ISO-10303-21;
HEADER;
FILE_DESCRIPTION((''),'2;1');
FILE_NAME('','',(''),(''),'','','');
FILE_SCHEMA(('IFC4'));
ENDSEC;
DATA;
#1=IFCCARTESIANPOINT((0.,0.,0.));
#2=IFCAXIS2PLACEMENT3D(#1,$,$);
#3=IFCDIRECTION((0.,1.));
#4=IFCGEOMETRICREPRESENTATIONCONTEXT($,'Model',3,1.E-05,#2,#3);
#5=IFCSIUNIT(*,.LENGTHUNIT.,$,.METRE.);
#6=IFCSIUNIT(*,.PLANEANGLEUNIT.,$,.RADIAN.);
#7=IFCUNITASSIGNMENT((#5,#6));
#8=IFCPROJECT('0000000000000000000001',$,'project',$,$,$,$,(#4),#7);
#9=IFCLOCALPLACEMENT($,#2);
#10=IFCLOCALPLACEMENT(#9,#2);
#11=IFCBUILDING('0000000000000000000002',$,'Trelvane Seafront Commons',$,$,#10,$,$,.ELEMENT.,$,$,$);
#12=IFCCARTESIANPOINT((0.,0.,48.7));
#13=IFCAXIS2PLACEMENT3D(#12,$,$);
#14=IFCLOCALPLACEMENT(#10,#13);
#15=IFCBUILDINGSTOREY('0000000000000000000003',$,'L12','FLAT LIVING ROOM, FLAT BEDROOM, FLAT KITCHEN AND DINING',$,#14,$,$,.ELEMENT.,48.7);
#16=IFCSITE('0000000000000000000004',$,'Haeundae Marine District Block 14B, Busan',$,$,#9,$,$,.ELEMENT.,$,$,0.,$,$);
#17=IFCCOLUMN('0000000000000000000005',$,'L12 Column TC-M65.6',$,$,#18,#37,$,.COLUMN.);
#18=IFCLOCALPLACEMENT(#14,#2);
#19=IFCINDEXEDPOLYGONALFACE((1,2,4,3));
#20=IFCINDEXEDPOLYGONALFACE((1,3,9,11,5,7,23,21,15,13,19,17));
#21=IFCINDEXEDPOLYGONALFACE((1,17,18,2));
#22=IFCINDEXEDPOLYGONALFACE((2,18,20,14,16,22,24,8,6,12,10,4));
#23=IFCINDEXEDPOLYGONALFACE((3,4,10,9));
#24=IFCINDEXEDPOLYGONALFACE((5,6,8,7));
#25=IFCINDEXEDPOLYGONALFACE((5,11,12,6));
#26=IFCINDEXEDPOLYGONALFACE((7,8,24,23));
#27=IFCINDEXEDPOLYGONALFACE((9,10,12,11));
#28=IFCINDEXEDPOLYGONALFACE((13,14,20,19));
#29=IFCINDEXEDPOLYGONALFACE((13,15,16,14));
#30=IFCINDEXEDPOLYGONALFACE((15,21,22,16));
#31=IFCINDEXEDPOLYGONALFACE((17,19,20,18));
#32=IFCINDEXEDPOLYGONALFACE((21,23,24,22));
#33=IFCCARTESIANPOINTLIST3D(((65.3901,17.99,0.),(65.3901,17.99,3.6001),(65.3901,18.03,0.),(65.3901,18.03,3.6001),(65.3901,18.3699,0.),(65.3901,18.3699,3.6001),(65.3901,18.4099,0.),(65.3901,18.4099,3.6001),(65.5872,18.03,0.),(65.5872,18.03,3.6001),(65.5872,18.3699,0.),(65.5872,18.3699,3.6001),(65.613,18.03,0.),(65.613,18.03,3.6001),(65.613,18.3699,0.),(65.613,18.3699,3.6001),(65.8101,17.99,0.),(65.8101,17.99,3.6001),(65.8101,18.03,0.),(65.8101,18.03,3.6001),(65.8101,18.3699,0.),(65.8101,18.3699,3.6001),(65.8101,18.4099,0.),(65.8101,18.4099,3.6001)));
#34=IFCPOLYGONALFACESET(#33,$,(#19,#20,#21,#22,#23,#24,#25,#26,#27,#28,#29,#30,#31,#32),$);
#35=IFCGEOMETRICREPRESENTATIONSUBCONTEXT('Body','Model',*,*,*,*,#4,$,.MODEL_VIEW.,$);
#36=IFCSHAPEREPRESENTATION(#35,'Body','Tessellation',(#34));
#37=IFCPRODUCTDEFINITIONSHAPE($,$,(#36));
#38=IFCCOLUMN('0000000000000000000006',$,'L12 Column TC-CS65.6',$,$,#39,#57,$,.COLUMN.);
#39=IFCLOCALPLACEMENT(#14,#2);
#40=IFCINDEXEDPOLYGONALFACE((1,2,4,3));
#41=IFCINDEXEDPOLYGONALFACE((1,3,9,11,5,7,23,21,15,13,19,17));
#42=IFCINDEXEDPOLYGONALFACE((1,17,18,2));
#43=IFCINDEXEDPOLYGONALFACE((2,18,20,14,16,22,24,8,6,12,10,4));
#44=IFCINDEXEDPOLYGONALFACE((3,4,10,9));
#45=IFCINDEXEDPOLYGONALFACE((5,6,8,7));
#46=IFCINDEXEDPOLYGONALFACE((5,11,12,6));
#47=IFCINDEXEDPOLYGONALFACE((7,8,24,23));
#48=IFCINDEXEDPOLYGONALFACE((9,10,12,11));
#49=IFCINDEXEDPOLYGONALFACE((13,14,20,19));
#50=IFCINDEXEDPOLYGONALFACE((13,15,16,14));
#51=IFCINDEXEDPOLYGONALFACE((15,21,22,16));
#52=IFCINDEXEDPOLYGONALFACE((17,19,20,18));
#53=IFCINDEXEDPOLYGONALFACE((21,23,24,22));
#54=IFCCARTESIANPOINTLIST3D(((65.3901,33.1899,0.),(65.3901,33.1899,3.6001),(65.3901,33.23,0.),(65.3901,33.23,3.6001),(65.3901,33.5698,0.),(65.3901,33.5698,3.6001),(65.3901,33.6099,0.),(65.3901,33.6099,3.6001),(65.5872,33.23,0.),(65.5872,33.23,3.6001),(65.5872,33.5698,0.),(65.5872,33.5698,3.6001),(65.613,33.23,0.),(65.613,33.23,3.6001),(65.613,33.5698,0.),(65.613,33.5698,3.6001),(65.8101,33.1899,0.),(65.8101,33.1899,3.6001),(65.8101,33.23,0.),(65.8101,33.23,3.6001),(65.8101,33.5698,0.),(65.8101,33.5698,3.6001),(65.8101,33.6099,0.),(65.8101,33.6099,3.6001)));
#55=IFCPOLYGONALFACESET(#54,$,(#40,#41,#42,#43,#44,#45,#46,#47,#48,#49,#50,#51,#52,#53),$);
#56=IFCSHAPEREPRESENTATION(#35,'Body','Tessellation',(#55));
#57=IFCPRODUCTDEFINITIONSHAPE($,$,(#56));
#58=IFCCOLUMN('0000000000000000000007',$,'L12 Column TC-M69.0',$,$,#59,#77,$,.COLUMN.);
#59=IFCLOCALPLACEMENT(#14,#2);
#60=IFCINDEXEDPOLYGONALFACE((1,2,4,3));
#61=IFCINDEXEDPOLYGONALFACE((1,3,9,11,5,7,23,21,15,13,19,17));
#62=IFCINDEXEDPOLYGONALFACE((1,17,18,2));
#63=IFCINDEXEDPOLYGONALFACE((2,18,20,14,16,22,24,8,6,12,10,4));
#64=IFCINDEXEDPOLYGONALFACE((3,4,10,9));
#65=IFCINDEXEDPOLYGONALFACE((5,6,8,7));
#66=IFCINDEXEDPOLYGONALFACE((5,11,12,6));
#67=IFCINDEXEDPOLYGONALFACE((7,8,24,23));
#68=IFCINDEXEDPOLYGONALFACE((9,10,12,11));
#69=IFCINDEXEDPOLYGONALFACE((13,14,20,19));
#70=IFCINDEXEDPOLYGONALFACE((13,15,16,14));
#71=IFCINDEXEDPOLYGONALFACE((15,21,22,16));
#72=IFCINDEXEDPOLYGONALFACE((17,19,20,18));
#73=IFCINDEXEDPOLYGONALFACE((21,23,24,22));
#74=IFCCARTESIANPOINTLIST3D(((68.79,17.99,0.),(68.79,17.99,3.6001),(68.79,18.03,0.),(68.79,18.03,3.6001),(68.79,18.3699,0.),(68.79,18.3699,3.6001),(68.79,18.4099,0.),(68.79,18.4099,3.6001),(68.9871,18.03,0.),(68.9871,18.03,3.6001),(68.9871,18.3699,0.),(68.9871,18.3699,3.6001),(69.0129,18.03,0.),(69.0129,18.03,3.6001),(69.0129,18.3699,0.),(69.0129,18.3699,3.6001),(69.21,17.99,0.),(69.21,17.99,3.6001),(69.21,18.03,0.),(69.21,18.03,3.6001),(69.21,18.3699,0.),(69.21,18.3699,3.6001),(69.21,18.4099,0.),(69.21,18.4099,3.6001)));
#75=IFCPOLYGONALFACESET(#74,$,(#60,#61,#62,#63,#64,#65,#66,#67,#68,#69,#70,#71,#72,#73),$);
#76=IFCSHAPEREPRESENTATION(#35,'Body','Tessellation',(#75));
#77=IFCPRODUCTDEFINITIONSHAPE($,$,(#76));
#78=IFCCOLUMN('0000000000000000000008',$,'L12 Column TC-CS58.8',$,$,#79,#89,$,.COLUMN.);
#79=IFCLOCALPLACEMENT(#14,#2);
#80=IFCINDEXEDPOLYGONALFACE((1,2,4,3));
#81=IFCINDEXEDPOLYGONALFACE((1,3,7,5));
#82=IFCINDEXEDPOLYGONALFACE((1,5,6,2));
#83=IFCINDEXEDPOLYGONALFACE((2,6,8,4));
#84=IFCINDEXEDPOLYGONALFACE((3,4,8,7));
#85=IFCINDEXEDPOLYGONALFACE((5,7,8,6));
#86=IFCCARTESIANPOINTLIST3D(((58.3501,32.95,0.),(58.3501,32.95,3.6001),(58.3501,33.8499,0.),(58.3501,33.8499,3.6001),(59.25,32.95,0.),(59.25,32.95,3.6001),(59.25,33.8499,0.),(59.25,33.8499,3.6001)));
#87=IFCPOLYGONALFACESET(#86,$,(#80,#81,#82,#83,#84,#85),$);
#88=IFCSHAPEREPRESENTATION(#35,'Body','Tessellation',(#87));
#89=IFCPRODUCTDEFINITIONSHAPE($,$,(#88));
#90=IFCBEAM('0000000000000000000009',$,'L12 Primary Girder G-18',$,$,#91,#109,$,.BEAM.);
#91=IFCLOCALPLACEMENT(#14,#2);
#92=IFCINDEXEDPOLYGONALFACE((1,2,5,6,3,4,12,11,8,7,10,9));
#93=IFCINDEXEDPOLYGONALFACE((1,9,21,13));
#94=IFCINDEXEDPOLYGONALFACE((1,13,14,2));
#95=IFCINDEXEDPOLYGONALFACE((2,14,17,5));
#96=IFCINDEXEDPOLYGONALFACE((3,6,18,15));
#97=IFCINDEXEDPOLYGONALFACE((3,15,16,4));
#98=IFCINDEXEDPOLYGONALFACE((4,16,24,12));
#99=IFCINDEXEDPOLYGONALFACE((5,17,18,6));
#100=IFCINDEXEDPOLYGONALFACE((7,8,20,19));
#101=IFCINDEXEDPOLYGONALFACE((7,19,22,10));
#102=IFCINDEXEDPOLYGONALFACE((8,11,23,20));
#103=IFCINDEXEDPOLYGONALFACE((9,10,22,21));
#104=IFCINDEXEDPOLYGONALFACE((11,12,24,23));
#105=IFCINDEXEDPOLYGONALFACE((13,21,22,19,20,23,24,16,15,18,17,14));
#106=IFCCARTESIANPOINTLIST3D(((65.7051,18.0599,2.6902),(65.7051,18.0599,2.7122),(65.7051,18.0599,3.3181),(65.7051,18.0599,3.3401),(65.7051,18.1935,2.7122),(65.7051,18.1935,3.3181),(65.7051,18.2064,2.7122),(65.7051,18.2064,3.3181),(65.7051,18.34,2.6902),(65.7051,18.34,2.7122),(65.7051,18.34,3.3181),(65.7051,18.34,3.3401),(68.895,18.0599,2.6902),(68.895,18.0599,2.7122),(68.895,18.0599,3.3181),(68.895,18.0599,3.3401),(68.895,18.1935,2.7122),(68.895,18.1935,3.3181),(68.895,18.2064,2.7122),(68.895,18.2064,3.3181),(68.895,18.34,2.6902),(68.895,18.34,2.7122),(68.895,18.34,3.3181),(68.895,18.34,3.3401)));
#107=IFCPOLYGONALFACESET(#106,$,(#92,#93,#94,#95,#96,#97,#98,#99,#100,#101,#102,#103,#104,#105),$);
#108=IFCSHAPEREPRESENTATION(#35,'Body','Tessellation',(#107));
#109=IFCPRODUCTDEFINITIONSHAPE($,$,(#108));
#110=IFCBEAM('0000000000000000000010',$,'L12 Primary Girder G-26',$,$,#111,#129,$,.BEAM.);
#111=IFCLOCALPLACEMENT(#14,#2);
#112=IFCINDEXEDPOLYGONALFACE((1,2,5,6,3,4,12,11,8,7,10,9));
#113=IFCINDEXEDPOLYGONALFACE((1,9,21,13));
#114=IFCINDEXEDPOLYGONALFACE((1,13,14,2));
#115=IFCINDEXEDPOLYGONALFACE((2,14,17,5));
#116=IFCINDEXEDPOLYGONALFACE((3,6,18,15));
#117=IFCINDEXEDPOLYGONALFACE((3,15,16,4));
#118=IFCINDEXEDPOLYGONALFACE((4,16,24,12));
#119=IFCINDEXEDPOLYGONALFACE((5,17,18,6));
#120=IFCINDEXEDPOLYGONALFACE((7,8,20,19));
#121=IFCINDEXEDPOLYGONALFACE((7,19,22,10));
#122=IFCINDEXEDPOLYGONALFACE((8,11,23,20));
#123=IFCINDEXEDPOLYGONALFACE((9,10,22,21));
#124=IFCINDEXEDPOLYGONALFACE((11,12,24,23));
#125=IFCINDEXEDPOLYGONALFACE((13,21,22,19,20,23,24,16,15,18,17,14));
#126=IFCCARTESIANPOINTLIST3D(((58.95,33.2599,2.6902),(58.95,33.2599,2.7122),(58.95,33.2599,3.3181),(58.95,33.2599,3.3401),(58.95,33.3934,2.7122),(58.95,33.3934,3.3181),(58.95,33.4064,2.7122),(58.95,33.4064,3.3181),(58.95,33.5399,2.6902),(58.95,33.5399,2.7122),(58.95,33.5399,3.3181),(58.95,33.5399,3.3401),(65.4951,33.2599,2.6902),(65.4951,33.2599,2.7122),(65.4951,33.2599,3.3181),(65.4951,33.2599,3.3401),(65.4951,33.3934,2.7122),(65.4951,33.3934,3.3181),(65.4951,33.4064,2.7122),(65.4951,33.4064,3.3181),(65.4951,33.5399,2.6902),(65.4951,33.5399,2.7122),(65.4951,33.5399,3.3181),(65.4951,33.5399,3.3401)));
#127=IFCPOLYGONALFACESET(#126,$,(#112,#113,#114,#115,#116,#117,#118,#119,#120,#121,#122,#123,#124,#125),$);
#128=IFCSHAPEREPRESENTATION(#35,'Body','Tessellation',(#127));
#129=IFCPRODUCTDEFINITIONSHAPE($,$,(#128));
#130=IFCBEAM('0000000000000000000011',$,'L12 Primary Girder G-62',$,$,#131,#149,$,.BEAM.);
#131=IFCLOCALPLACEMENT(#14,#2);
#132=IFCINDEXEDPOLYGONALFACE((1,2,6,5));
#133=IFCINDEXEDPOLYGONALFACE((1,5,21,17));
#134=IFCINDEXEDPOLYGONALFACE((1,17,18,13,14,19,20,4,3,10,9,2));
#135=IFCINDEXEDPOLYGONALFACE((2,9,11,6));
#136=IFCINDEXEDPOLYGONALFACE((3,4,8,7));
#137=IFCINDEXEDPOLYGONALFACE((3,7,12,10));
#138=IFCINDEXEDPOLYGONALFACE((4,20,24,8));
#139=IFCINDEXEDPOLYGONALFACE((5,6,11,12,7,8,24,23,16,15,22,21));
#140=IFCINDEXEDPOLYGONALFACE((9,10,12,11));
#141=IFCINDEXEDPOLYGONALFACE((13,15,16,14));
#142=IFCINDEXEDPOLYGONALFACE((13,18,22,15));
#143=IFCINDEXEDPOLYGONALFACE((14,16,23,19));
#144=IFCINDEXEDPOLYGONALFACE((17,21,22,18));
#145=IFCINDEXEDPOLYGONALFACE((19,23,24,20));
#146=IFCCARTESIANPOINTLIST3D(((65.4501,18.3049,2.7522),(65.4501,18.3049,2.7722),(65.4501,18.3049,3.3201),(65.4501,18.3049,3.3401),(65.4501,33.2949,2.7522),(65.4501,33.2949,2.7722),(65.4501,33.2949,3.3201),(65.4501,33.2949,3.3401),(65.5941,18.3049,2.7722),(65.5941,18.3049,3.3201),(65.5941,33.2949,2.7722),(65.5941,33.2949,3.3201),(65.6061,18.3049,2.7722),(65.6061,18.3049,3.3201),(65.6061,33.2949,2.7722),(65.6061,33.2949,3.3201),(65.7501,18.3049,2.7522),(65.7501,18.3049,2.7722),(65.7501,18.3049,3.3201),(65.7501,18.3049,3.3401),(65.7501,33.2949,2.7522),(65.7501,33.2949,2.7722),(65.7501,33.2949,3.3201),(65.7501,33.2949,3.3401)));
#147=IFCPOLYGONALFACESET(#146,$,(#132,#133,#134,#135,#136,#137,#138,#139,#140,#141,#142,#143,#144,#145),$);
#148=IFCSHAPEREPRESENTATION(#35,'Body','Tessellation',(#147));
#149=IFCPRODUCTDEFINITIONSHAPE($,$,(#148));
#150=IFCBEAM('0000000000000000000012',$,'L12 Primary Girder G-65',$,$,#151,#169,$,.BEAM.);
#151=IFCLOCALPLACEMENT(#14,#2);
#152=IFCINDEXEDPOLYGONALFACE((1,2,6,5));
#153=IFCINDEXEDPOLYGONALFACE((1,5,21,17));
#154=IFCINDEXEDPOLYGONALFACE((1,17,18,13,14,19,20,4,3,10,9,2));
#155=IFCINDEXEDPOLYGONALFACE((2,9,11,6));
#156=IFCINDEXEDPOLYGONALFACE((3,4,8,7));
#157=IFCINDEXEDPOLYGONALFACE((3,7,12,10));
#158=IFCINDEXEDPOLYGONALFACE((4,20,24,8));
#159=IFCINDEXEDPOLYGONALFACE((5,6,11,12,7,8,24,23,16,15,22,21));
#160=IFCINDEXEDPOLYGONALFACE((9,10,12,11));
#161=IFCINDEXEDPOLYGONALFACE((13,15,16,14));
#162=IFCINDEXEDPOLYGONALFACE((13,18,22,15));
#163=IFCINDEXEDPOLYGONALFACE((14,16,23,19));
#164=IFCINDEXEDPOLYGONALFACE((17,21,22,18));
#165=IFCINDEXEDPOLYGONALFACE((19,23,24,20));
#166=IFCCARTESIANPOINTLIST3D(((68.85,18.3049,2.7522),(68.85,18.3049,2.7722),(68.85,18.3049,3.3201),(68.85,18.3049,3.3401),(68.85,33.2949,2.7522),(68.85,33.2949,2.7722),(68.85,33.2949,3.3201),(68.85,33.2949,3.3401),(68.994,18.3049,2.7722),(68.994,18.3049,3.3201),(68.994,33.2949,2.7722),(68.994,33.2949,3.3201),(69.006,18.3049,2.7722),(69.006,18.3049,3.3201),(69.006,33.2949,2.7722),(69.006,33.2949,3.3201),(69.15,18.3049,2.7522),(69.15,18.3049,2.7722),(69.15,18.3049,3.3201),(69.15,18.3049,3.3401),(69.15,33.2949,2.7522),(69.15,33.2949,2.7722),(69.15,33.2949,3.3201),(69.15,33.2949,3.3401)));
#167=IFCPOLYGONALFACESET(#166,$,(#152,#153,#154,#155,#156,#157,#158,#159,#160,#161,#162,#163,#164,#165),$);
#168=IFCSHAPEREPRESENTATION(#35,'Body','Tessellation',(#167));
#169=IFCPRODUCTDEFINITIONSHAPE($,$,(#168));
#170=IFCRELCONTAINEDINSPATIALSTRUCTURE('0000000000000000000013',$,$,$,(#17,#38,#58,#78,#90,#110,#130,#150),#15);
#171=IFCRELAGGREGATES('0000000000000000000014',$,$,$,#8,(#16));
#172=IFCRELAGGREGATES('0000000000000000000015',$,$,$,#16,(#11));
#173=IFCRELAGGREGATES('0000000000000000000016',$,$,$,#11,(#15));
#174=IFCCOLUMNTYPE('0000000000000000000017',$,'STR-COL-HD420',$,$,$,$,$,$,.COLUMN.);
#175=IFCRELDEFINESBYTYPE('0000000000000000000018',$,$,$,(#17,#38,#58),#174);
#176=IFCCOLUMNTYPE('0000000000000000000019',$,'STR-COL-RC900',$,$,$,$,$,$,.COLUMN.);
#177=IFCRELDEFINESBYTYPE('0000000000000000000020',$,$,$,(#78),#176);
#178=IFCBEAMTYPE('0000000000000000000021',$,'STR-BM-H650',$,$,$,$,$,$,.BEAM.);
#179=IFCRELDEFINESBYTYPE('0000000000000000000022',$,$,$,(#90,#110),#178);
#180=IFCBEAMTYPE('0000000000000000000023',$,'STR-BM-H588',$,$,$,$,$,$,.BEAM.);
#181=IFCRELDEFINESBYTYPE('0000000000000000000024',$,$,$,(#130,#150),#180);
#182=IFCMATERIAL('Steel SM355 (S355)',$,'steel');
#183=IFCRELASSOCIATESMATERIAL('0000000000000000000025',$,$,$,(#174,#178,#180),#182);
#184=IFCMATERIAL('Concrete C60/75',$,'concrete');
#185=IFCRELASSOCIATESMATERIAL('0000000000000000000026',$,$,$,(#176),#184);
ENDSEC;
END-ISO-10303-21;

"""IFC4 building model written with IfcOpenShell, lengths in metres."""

from ifc_helpers import new_model, si_unit, direction, frame, origin, origin_2d, place, context, subcontext, project, spatial, rectangle, i_section, extrude, source, transform, mapped, material, material_profile, profile_set, type_object, element, save


model = new_model("IFC4")

# Units and contexts
model_context = context("Model", 3, precision=1e-05, world=origin(), true_north=direction((0.0, 1.0)))
body_context = subcontext(model_context, "Body", "Model", "MODEL_VIEW")
ifc_project = project(units=[si_unit("LENGTHUNIT", "METRE"), si_unit("PLANEANGLEUNIT", "RADIAN")], contexts=[model_context])

# Site, building, storey
site_placement = place(None, origin())
site = spatial("IfcSite", under=ifc_project, at=site_placement, Name="Haeundae Marine District Block 14B, Busan", CompositionType="ELEMENT", RefElevation=0.0)
building_placement = place(site_placement, origin())
building = spatial("IfcBuilding", under=site, at=building_placement, Name="Trelvane Seafront Commons", CompositionType="ELEMENT")
storey_placement = place(building_placement, frame((0.0, 0.0, 48.7)))
storey = spatial("IfcBuildingStorey", under=building, at=storey_placement, Name="L12", Description="FLAT LIVING ROOM, FLAT BEDROOM, FLAT KITCHEN AND DINING", CompositionType="ELEMENT", Elevation=48.7)

# Columns
ifc_material_1 = material(Name="Steel SM355 (S355)", Category="steel")
ifc_material_profile_1 = material_profile(ifc_material_1, i_section(OverallWidth=0.4199, OverallDepth=0.4199, WebThickness=0.0259, FlangeThickness=0.04, at=origin_2d()), Name="HD-420x420x26x40")
ifc_profile_set_1 = profile_set([ifc_material_profile_1], Name="Steel SM355 (S355)")
column_type_1 = type_object("IfcColumnType", Name="STR-COL-HD420", PredefinedType="COLUMN", material=ifc_profile_set_1)
shared_shape_1 = source(origin(), body_context, "Body", "SweptSolid", [
    extrude(i_section(OverallWidth=0.4199, OverallDepth=0.4199, WebThickness=0.0259, FlangeThickness=0.04, at=origin_2d()), origin(), (0.0, 0.0, 1.0), 3.6001),
])
for number, where, z_axis, x_axis, name in (
    (1, (65.6001, 18.2, 0.0), (0.0, 0.0, 1.0), (1.0, 0.0, 0.0), "L12 Column TC-M65.6"),
    (2, (65.6001, 33.3999, 0.0), (0.0, 0.0, 1.0), (1.0, 0.0, 0.0), "L12 Column TC-CS65.6"),
    (3, (69.0, 18.2, 0.0), (0.0, 0.0, 1.0), (1.0, 0.0, 0.0), "L12 Column TC-M69.0"),
):
    element("IfcColumn", number, at=place(storey_placement, frame(where, z_axis=z_axis, x_axis=x_axis)), inside=storey, type_object=column_type_1, Name=name, PredefinedType="COLUMN", context=body_context, shape_type="MappedRepresentation", body=[
        mapped(shared_shape_1, transform((0.0, 0.0, 0.0), x_axis=(1.0, 0.0, 0.0), y_axis=(0.0, 1.0, 0.0), z_axis=(0.0, 0.0, 1.0), scale=1.0)),
    ])
ifc_material_2 = material(Name="Concrete C60/75", Category="concrete")
ifc_material_profile_2 = material_profile(ifc_material_2, rectangle(XDim=0.8999, YDim=0.8999, at=origin_2d()), Name="RC-900x900")
ifc_profile_set_2 = profile_set([ifc_material_profile_2], Name="Concrete C60/75")
column_type_2 = type_object("IfcColumnType", Name="STR-COL-RC900", PredefinedType="COLUMN", material=ifc_profile_set_2)
shared_shape_2 = source(origin(), body_context, "Body", "SweptSolid", [
    extrude(rectangle(XDim=0.8999, YDim=0.8999, at=origin_2d()), origin(), (0.0, 0.0, 1.0), 3.6001),
])
column_placement = place(storey_placement, frame((58.8, 33.3999, 0.0), z_axis=(0.0, 0.0, 1.0), x_axis=(1.0, 0.0, 0.0)))
element("IfcColumn", 4, at=column_placement, inside=storey, type_object=column_type_2, Name="L12 Column TC-CS58.8", PredefinedType="COLUMN", context=body_context, shape_type="MappedRepresentation", body=[
    mapped(shared_shape_2, transform((0.0, 0.0, 0.0), x_axis=(1.0, 0.0, 0.0), y_axis=(0.0, 1.0, 0.0), z_axis=(0.0, 0.0, 1.0), scale=1.0)),
])

# Beams
ifc_material_profile_3 = material_profile(ifc_material_1, i_section(OverallWidth=0.28, OverallDepth=0.6499, WebThickness=0.0129, FlangeThickness=0.022, at=origin_2d()), Name="H-650x280x13x22")
ifc_profile_set_3 = profile_set([ifc_material_profile_3], Name="Steel SM355 (S355)")
beam_type_1 = type_object("IfcBeamType", Name="STR-BM-H650", PredefinedType="BEAM", material=ifc_profile_set_3)
shared_shape_3 = source(origin(), body_context, "Body", "SweptSolid", [
    extrude(i_section(OverallWidth=0.28, OverallDepth=0.6499, WebThickness=0.0129, FlangeThickness=0.022, at=origin_2d()), origin(), (0.0, 0.0, 1.0), 3.1899),
])
beam_1_placement = place(storey_placement, frame((65.7051, 18.2, 3.0151), z_axis=(1.0, 0.0, 0.0), x_axis=(0.0, 1.0, 0.0)))
element("IfcBeam", 5, at=beam_1_placement, inside=storey, type_object=beam_type_1, Name="L12 Primary Girder G-18", PredefinedType="BEAM", context=body_context, shape_type="MappedRepresentation", body=[
    mapped(shared_shape_3, transform((0.0, 0.0, 0.0), x_axis=(1.0, 0.0, 0.0), y_axis=(0.0, 1.0, 0.0), z_axis=(0.0, 0.0, 1.0), scale=1.0)),
])
shared_shape_4 = source(origin(), body_context, "Body", "SweptSolid", [
    extrude(i_section(OverallWidth=0.28, OverallDepth=0.6499, WebThickness=0.0129, FlangeThickness=0.022, at=origin_2d()), origin(), (0.0, 0.0, 1.0), 6.5452),
])
beam_2_placement = place(storey_placement, frame((58.95, 33.3999, 3.0151), z_axis=(1.0, 0.0, 0.0), x_axis=(0.0, 1.0, 0.0)))
element("IfcBeam", 6, at=beam_2_placement, inside=storey, type_object=beam_type_1, Name="L12 Primary Girder G-26", PredefinedType="BEAM", context=body_context, shape_type="MappedRepresentation", body=[
    mapped(shared_shape_4, transform((0.0, 0.0, 0.0), x_axis=(1.0, 0.0, 0.0), y_axis=(0.0, 1.0, 0.0), z_axis=(0.0, 0.0, 1.0), scale=1.0)),
])
ifc_material_profile_4 = material_profile(ifc_material_1, i_section(OverallWidth=0.3, OverallDepth=0.5879, WebThickness=0.012, FlangeThickness=0.02, at=origin_2d()), Name="H-588x300x12x20")
ifc_profile_set_4 = profile_set([ifc_material_profile_4], Name="Steel SM355 (S355)")
beam_type_2 = type_object("IfcBeamType", Name="STR-BM-H588", PredefinedType="BEAM", material=ifc_profile_set_4)
shared_shape_5 = source(origin(), body_context, "Body", "SweptSolid", [
    extrude(i_section(OverallWidth=0.3, OverallDepth=0.5879, WebThickness=0.012, FlangeThickness=0.02, at=origin_2d()), origin(), (0.0, 0.0, 1.0), 14.99),
])
for number, where, z_axis, x_axis, name in (
    (7, (65.6001, 18.3049, 3.0461), (0.0, 1.0, 0.0), (-1.0, 0.0, 0.0), "L12 Primary Girder G-62"),
    (8, (69.0, 18.3049, 3.0461), (0.0, 1.0, 0.0), (-1.0, 0.0, 0.0), "L12 Primary Girder G-65"),
):
    element("IfcBeam", number, at=place(storey_placement, frame(where, z_axis=z_axis, x_axis=x_axis)), inside=storey, type_object=beam_type_2, Name=name, PredefinedType="BEAM", context=body_context, shape_type="MappedRepresentation", body=[
        mapped(shared_shape_5, transform((0.0, 0.0, 0.0), x_axis=(1.0, 0.0, 0.0), y_axis=(0.0, 1.0, 0.0), z_axis=(0.0, 0.0, 1.0), scale=1.0)),
    ])

save(model, "model.ifc")
